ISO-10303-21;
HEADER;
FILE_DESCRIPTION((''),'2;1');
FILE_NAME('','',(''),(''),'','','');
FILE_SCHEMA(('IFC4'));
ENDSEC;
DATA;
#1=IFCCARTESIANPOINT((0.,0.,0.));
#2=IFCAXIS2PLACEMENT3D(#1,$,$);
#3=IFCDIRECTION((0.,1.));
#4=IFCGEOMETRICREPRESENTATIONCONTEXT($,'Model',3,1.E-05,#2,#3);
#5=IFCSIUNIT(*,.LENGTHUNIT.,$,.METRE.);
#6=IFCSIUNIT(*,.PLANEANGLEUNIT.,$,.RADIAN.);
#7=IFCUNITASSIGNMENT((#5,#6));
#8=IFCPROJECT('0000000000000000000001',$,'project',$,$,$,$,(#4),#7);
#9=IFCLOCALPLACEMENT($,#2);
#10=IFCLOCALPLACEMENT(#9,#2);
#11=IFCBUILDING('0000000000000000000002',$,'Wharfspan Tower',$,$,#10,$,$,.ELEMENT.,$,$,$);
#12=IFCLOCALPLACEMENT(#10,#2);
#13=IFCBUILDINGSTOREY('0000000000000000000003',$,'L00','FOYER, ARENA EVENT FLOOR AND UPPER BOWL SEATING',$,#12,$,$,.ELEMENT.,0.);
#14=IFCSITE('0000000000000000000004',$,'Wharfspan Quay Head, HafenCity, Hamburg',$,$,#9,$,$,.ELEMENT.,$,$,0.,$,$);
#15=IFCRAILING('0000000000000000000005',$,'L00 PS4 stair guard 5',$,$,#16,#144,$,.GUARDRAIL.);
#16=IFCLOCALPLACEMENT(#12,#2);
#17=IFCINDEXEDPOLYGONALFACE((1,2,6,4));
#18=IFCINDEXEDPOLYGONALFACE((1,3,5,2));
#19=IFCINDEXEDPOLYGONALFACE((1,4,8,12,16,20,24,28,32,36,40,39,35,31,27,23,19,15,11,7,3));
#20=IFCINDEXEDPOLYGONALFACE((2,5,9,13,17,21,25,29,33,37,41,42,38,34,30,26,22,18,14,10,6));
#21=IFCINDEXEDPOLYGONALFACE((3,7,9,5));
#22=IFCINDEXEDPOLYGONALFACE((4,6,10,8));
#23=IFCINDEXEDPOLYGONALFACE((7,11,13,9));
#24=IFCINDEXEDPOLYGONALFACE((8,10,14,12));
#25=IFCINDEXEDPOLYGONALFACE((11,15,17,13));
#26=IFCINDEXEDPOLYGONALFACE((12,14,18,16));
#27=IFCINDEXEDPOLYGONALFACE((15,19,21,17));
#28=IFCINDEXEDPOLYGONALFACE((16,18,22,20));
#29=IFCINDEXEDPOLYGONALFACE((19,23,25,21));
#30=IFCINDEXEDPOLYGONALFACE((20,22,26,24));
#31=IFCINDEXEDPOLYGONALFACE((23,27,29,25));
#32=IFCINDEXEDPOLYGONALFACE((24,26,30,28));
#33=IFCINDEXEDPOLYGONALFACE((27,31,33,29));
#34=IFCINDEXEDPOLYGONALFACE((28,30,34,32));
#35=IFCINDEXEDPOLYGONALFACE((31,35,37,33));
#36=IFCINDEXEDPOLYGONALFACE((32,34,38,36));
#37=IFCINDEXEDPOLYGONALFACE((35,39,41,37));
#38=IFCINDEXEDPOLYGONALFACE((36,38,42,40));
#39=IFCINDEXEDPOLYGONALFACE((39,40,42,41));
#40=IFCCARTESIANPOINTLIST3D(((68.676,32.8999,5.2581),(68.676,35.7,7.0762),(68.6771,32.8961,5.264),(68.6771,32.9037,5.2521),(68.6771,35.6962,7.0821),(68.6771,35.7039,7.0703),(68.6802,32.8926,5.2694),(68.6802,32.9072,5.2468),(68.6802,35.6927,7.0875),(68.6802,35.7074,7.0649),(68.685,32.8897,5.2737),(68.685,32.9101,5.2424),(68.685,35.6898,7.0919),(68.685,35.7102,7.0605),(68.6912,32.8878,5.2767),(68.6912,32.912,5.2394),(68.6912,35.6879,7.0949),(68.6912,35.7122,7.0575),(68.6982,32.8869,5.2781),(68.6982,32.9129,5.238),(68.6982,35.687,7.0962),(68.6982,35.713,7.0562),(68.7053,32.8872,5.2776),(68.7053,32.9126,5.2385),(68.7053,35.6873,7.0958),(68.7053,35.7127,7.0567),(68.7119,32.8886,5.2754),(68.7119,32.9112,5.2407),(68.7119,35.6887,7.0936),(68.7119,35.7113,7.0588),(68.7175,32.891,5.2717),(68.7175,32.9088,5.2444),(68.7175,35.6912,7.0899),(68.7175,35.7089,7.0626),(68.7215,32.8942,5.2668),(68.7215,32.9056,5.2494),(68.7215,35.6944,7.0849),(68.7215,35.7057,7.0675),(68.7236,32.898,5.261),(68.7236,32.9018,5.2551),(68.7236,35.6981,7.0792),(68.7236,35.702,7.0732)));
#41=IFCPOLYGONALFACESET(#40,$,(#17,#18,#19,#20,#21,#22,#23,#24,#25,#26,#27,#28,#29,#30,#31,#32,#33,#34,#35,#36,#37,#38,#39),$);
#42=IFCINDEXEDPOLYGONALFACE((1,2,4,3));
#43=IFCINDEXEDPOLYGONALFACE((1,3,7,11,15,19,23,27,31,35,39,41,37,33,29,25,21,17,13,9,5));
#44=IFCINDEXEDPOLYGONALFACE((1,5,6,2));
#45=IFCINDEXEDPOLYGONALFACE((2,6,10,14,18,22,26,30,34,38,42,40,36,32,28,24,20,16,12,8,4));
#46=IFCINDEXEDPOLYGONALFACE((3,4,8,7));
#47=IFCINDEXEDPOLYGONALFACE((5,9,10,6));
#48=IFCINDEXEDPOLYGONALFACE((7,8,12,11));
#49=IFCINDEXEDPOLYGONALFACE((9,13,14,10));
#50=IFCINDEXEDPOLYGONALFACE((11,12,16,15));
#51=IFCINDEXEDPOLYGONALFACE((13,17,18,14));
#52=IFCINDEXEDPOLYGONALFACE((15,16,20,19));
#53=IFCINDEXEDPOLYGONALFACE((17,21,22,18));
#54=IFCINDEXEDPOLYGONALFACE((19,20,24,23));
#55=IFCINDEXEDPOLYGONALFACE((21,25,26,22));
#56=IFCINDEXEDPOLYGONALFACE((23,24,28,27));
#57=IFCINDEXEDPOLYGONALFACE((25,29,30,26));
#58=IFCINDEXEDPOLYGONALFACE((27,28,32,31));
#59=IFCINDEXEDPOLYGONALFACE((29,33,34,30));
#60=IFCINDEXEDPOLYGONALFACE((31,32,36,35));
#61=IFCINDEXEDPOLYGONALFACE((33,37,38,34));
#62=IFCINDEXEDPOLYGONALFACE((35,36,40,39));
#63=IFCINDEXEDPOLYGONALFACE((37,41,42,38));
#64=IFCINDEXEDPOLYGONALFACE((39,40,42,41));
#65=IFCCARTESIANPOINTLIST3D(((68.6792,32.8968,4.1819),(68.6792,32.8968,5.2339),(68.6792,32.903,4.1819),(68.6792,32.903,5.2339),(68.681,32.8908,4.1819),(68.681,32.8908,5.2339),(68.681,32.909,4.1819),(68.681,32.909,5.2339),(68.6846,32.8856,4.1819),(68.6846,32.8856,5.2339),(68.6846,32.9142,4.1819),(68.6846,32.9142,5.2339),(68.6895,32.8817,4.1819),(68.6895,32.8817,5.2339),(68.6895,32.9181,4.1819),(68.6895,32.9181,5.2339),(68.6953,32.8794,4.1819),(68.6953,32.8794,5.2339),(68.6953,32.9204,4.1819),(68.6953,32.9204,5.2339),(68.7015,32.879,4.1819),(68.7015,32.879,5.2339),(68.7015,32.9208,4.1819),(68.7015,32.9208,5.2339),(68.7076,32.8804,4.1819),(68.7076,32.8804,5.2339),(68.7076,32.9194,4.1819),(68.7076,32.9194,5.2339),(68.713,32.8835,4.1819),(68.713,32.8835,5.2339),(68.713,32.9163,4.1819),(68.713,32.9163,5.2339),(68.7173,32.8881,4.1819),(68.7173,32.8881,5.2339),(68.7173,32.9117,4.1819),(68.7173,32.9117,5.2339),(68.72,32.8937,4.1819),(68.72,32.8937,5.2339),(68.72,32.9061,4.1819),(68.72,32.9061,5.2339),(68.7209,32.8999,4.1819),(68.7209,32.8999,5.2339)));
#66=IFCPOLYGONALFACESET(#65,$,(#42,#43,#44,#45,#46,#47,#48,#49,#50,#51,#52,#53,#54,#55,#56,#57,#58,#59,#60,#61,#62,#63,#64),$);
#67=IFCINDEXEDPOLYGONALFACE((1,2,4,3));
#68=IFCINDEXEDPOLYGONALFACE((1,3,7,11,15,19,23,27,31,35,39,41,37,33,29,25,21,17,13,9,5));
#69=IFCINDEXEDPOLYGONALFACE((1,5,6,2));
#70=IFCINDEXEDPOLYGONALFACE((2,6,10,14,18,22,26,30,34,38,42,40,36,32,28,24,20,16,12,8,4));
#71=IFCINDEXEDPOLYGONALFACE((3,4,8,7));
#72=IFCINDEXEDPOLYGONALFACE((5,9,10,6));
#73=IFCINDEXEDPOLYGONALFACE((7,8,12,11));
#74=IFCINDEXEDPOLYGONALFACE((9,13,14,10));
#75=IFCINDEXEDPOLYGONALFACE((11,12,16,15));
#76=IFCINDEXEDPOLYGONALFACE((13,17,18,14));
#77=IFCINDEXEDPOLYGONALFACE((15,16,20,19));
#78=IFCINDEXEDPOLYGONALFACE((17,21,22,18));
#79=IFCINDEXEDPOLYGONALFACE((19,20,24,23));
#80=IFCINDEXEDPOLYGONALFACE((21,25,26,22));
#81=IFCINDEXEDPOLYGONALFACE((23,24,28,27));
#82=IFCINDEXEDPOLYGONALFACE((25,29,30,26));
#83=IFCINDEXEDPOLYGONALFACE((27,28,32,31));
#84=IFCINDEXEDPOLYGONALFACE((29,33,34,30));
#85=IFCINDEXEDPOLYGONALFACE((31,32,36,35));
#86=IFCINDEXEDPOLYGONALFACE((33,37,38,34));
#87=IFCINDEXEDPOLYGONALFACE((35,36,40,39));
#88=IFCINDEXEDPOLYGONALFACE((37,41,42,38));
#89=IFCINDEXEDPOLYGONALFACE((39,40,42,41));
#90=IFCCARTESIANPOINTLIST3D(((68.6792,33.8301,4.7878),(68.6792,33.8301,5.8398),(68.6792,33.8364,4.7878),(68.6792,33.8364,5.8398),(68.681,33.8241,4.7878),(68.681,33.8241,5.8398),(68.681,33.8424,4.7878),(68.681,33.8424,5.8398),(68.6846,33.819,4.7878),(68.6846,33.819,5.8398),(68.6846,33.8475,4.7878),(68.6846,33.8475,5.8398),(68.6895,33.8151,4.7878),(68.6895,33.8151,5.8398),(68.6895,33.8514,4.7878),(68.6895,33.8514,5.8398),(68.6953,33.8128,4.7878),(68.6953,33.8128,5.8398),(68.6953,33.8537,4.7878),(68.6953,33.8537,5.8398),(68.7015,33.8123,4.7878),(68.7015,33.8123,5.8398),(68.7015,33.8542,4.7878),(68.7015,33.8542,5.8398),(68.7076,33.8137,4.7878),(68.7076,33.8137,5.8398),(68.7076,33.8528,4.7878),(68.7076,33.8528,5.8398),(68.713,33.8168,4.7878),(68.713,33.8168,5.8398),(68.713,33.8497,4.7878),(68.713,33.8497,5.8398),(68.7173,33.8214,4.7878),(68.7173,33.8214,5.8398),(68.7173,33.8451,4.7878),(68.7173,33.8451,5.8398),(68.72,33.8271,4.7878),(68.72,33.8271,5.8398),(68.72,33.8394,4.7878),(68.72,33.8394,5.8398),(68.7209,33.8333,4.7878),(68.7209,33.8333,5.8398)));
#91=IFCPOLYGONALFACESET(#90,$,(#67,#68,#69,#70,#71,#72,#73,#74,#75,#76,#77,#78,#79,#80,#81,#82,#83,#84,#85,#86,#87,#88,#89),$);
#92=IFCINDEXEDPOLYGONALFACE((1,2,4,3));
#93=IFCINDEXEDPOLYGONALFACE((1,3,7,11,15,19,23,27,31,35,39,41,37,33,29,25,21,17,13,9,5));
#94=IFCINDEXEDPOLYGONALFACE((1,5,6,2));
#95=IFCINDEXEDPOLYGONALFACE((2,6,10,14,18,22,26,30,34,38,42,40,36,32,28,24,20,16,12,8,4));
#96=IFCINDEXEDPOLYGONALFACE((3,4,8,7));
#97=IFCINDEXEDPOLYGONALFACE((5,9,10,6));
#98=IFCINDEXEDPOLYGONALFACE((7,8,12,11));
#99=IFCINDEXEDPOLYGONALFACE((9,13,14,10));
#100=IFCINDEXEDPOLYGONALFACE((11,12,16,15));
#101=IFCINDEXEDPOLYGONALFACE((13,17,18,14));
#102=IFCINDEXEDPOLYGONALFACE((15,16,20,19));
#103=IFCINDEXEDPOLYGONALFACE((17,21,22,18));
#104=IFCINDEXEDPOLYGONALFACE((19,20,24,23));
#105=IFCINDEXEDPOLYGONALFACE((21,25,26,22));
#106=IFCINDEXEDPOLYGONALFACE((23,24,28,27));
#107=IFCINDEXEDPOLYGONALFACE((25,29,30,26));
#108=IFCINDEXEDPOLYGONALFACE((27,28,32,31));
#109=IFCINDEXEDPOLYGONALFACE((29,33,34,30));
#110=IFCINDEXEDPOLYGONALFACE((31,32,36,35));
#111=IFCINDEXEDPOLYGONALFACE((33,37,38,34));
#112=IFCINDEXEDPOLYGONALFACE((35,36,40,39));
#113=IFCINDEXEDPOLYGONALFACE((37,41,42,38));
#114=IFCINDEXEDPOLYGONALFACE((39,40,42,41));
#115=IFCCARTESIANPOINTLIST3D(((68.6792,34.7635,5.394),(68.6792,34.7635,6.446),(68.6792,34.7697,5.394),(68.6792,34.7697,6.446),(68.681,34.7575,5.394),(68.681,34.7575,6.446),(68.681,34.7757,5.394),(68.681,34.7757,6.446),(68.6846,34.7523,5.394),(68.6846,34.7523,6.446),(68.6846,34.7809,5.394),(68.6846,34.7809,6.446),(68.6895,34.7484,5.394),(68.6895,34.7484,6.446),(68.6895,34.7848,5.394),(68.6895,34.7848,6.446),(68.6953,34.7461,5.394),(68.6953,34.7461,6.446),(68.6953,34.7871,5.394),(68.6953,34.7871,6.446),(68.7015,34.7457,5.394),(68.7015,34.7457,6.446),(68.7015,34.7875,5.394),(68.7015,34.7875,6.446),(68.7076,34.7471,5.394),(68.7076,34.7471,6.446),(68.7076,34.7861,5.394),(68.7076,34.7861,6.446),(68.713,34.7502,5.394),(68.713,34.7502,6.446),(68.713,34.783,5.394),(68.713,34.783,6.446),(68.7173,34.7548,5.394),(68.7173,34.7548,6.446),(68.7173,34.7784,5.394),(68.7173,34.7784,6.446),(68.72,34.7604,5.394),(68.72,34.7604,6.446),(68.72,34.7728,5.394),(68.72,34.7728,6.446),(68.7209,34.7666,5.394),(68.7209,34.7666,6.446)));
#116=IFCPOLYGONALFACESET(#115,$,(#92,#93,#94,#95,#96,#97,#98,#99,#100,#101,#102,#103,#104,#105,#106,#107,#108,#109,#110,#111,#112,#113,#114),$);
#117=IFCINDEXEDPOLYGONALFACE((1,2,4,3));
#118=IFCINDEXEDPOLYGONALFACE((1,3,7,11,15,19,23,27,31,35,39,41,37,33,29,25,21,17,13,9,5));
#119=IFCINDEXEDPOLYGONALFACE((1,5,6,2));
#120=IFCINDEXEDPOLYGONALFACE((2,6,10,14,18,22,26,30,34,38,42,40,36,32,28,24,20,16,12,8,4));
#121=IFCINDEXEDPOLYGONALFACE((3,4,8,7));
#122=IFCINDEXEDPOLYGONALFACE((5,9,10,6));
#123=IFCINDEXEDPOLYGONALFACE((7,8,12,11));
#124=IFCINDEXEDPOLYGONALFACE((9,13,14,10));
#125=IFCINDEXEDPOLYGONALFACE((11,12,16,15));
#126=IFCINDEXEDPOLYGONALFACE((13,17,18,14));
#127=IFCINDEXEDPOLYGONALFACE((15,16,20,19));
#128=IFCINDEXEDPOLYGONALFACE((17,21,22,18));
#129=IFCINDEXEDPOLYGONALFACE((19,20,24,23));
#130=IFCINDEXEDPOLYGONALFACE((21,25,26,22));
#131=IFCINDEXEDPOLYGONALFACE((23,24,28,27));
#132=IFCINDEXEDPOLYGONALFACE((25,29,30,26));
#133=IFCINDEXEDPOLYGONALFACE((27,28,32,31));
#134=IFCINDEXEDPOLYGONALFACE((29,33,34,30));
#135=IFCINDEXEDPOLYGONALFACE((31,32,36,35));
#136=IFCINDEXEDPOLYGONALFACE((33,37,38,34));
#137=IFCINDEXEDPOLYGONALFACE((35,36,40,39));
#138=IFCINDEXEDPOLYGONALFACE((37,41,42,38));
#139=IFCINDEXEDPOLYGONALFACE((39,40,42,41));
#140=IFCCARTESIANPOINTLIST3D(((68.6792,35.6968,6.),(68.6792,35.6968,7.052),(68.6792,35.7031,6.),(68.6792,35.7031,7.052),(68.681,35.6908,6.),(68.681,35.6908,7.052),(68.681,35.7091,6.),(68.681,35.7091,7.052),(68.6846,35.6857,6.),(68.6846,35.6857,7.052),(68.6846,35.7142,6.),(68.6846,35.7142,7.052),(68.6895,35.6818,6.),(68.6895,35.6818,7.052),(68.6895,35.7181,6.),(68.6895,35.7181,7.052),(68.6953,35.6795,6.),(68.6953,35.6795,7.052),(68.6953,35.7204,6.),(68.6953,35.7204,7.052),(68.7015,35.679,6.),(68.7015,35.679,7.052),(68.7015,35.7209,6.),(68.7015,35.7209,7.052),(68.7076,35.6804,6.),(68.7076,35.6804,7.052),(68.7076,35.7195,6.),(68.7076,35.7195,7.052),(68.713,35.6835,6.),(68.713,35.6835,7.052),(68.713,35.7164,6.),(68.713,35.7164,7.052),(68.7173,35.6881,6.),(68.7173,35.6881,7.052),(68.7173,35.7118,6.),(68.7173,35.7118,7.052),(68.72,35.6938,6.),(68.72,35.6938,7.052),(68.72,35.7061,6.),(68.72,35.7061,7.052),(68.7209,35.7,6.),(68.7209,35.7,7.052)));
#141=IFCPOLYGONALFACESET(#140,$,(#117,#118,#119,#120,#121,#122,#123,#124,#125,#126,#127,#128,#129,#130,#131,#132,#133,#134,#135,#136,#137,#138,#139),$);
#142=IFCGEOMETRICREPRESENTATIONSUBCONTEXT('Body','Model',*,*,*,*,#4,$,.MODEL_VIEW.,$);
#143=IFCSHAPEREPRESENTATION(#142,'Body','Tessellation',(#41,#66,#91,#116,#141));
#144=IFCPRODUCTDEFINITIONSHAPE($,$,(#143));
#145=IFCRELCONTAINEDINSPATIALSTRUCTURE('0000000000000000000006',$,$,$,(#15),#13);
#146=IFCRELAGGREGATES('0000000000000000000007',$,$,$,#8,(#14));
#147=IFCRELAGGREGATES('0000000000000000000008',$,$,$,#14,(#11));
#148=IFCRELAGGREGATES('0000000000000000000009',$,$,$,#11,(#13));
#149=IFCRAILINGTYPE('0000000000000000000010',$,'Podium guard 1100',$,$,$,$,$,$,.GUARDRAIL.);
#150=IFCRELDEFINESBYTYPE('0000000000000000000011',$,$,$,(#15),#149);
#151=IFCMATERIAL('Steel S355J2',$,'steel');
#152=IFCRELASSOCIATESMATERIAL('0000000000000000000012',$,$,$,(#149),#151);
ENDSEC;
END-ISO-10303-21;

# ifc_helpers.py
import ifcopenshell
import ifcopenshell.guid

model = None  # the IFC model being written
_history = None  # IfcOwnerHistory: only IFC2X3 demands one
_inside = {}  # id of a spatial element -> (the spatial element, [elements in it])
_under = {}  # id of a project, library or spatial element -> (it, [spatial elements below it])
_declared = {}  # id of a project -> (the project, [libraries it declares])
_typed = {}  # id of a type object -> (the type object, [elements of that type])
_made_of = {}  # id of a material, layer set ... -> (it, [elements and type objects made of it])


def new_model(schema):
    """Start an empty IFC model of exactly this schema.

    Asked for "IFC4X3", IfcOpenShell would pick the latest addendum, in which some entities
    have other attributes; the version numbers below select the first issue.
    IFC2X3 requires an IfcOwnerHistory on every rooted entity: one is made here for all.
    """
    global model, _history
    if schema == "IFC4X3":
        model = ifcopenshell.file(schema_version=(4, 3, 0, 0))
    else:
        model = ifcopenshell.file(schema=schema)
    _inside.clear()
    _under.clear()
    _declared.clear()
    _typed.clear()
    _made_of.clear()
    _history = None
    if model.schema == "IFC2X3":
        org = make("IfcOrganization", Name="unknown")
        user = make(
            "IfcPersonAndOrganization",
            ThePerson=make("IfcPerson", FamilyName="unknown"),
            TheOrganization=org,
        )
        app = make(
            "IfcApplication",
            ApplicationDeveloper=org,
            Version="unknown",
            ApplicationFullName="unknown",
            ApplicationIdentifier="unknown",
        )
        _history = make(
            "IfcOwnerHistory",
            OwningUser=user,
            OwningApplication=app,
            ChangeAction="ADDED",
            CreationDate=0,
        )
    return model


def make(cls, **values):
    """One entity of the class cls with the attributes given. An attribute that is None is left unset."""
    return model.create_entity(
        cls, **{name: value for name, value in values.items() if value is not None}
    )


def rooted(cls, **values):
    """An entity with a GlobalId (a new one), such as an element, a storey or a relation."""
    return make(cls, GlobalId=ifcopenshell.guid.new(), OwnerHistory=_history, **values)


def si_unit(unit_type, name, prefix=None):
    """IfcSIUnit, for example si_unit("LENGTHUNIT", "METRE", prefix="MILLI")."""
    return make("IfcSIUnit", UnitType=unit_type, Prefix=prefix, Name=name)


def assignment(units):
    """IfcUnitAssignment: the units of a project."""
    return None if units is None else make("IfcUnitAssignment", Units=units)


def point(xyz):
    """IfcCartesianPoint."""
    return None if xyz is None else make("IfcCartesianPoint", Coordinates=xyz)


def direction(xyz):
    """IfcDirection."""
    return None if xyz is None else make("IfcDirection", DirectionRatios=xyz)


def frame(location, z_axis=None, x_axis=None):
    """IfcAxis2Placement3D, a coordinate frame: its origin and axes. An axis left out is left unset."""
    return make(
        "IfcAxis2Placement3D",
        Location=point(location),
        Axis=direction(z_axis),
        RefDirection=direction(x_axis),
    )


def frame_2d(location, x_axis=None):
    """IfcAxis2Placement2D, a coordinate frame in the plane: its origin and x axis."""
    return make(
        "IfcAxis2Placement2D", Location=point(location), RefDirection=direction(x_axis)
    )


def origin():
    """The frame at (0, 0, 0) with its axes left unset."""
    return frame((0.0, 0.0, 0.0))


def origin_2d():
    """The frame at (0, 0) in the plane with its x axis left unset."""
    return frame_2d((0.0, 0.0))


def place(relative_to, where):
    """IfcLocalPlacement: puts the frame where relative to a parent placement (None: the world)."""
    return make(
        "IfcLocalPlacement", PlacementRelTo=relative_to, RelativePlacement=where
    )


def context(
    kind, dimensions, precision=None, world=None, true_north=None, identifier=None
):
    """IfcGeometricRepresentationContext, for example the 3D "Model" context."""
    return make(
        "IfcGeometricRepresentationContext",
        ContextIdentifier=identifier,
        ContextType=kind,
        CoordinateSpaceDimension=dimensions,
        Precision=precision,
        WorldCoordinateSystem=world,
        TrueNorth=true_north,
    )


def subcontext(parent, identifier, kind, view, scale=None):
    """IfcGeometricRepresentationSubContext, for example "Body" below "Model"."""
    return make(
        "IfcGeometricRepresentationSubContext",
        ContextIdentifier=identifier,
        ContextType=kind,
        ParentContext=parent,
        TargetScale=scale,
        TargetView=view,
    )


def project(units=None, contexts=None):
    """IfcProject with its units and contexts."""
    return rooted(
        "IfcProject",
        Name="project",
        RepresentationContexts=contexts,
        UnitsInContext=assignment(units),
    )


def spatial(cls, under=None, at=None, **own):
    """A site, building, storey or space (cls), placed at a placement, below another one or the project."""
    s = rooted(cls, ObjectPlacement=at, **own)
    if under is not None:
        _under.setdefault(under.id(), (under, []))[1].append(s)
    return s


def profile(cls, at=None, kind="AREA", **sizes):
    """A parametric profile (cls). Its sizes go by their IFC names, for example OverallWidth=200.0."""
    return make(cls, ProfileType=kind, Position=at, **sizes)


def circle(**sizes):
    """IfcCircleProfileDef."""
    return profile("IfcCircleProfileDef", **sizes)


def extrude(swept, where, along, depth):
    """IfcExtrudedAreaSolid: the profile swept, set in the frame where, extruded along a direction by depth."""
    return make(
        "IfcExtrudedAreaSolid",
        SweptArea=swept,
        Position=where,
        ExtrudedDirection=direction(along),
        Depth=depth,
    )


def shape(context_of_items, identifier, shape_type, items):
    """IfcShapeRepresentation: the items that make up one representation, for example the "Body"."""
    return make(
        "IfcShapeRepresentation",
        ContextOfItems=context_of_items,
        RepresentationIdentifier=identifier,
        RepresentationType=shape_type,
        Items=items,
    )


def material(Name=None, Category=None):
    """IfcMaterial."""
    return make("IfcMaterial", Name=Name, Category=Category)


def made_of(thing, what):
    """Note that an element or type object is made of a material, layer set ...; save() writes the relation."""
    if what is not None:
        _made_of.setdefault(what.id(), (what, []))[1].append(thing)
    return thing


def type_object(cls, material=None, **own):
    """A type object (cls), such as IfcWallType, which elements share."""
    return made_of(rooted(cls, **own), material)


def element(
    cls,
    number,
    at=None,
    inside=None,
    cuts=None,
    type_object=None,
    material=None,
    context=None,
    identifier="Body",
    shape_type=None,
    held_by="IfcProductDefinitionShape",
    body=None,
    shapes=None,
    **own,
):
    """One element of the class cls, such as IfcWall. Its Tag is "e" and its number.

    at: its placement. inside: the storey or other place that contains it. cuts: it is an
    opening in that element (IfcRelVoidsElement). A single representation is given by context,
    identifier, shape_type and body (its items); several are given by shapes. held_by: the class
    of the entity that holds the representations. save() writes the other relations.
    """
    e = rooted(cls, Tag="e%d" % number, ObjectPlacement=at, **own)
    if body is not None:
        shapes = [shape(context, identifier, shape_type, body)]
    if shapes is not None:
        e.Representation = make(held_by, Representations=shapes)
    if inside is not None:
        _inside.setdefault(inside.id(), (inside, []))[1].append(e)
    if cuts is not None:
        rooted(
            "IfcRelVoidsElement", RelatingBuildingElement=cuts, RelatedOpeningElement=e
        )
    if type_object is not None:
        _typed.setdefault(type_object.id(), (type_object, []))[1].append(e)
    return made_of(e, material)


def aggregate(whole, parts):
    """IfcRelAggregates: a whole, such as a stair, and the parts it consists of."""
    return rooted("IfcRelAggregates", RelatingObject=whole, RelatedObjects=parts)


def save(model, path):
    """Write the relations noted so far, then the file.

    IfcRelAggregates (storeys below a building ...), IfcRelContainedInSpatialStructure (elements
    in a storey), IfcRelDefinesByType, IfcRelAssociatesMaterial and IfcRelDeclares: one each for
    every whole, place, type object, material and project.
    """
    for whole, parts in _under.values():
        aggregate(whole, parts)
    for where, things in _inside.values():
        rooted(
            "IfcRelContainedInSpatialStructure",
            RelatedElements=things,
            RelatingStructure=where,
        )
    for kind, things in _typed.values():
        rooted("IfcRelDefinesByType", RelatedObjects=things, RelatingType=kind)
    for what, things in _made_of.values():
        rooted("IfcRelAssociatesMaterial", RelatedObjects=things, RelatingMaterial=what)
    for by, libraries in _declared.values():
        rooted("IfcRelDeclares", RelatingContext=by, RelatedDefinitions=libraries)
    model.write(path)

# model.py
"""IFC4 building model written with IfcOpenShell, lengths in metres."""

from ifc_helpers import new_model, si_unit, direction, frame, origin, origin_2d, place, context, subcontext, project, spatial, circle, extrude, material, type_object, element, save


model = new_model("IFC4")

# Units and contexts
model_context = context("Model", 3, precision=1e-05, world=origin(), true_north=direction((0.0, 1.0)))
body_context = subcontext(model_context, "Body", "Model", "MODEL_VIEW")
ifc_project = project(units=[si_unit("LENGTHUNIT", "METRE"), si_unit("PLANEANGLEUNIT", "RADIAN")], contexts=[model_context])

# Site, building, storey
site_placement = place(None, origin())
site = spatial("IfcSite", under=ifc_project, at=site_placement, Name="Wharfspan Quay Head, HafenCity, Hamburg", CompositionType="ELEMENT", RefElevation=0.0)
building_placement = place(site_placement, origin())
building = spatial("IfcBuilding", under=site, at=building_placement, Name="Wharfspan Tower", CompositionType="ELEMENT")
storey_placement = place(building_placement, origin())
storey = spatial("IfcBuildingStorey", under=building, at=storey_placement, Name="L00", Description="FOYER, ARENA EVENT FLOOR AND UPPER BOWL SEATING", CompositionType="ELEMENT", Elevation=0.0)

# Railing
ifc_material_1 = material(Name="Steel S355J2", Category="steel")
railing_type_1 = type_object("IfcRailingType", Name="Podium guard 1100", PredefinedType="GUARDRAIL", material=ifc_material_1)
railing_1_placement = place(storey_placement, frame((68.7, 32.8999, 4.1819)))
element("IfcRailing", 1, at=railing_1_placement, inside=storey, type_object=railing_type_1, Name="L00 PS4 stair guard 5", PredefinedType="GUARDRAIL", context=body_context, shape_type="SweptSolid", body=[
    extrude(circle(Radius=0.0239, at=origin_2d()), frame((0.0, 0.0, 1.0762), z_axis=(0.0, 0.838706, 0.544585), x_axis=(-1.0, 0.0, 0.0)), (0.0, 0.0, 1.0), 3.3386),
    extrude(circle(Radius=0.021, at=origin_2d()), origin(), (0.0, 0.0, 1.0), 1.052),
    extrude(circle(Radius=0.021, at=origin_2d()), frame((0.0, 0.9334, 0.606)), (0.0, 0.0, 1.0), 1.052),
    extrude(circle(Radius=0.021, at=origin_2d()), frame((0.0, 1.8667, 1.2122)), (0.0, 0.0, 1.0), 1.052),
    extrude(circle(Radius=0.021, at=origin_2d()), frame((0.0, 2.8, 1.8181)), (0.0, 0.0, 1.0), 1.052),
])

save(model, "model.ifc")
